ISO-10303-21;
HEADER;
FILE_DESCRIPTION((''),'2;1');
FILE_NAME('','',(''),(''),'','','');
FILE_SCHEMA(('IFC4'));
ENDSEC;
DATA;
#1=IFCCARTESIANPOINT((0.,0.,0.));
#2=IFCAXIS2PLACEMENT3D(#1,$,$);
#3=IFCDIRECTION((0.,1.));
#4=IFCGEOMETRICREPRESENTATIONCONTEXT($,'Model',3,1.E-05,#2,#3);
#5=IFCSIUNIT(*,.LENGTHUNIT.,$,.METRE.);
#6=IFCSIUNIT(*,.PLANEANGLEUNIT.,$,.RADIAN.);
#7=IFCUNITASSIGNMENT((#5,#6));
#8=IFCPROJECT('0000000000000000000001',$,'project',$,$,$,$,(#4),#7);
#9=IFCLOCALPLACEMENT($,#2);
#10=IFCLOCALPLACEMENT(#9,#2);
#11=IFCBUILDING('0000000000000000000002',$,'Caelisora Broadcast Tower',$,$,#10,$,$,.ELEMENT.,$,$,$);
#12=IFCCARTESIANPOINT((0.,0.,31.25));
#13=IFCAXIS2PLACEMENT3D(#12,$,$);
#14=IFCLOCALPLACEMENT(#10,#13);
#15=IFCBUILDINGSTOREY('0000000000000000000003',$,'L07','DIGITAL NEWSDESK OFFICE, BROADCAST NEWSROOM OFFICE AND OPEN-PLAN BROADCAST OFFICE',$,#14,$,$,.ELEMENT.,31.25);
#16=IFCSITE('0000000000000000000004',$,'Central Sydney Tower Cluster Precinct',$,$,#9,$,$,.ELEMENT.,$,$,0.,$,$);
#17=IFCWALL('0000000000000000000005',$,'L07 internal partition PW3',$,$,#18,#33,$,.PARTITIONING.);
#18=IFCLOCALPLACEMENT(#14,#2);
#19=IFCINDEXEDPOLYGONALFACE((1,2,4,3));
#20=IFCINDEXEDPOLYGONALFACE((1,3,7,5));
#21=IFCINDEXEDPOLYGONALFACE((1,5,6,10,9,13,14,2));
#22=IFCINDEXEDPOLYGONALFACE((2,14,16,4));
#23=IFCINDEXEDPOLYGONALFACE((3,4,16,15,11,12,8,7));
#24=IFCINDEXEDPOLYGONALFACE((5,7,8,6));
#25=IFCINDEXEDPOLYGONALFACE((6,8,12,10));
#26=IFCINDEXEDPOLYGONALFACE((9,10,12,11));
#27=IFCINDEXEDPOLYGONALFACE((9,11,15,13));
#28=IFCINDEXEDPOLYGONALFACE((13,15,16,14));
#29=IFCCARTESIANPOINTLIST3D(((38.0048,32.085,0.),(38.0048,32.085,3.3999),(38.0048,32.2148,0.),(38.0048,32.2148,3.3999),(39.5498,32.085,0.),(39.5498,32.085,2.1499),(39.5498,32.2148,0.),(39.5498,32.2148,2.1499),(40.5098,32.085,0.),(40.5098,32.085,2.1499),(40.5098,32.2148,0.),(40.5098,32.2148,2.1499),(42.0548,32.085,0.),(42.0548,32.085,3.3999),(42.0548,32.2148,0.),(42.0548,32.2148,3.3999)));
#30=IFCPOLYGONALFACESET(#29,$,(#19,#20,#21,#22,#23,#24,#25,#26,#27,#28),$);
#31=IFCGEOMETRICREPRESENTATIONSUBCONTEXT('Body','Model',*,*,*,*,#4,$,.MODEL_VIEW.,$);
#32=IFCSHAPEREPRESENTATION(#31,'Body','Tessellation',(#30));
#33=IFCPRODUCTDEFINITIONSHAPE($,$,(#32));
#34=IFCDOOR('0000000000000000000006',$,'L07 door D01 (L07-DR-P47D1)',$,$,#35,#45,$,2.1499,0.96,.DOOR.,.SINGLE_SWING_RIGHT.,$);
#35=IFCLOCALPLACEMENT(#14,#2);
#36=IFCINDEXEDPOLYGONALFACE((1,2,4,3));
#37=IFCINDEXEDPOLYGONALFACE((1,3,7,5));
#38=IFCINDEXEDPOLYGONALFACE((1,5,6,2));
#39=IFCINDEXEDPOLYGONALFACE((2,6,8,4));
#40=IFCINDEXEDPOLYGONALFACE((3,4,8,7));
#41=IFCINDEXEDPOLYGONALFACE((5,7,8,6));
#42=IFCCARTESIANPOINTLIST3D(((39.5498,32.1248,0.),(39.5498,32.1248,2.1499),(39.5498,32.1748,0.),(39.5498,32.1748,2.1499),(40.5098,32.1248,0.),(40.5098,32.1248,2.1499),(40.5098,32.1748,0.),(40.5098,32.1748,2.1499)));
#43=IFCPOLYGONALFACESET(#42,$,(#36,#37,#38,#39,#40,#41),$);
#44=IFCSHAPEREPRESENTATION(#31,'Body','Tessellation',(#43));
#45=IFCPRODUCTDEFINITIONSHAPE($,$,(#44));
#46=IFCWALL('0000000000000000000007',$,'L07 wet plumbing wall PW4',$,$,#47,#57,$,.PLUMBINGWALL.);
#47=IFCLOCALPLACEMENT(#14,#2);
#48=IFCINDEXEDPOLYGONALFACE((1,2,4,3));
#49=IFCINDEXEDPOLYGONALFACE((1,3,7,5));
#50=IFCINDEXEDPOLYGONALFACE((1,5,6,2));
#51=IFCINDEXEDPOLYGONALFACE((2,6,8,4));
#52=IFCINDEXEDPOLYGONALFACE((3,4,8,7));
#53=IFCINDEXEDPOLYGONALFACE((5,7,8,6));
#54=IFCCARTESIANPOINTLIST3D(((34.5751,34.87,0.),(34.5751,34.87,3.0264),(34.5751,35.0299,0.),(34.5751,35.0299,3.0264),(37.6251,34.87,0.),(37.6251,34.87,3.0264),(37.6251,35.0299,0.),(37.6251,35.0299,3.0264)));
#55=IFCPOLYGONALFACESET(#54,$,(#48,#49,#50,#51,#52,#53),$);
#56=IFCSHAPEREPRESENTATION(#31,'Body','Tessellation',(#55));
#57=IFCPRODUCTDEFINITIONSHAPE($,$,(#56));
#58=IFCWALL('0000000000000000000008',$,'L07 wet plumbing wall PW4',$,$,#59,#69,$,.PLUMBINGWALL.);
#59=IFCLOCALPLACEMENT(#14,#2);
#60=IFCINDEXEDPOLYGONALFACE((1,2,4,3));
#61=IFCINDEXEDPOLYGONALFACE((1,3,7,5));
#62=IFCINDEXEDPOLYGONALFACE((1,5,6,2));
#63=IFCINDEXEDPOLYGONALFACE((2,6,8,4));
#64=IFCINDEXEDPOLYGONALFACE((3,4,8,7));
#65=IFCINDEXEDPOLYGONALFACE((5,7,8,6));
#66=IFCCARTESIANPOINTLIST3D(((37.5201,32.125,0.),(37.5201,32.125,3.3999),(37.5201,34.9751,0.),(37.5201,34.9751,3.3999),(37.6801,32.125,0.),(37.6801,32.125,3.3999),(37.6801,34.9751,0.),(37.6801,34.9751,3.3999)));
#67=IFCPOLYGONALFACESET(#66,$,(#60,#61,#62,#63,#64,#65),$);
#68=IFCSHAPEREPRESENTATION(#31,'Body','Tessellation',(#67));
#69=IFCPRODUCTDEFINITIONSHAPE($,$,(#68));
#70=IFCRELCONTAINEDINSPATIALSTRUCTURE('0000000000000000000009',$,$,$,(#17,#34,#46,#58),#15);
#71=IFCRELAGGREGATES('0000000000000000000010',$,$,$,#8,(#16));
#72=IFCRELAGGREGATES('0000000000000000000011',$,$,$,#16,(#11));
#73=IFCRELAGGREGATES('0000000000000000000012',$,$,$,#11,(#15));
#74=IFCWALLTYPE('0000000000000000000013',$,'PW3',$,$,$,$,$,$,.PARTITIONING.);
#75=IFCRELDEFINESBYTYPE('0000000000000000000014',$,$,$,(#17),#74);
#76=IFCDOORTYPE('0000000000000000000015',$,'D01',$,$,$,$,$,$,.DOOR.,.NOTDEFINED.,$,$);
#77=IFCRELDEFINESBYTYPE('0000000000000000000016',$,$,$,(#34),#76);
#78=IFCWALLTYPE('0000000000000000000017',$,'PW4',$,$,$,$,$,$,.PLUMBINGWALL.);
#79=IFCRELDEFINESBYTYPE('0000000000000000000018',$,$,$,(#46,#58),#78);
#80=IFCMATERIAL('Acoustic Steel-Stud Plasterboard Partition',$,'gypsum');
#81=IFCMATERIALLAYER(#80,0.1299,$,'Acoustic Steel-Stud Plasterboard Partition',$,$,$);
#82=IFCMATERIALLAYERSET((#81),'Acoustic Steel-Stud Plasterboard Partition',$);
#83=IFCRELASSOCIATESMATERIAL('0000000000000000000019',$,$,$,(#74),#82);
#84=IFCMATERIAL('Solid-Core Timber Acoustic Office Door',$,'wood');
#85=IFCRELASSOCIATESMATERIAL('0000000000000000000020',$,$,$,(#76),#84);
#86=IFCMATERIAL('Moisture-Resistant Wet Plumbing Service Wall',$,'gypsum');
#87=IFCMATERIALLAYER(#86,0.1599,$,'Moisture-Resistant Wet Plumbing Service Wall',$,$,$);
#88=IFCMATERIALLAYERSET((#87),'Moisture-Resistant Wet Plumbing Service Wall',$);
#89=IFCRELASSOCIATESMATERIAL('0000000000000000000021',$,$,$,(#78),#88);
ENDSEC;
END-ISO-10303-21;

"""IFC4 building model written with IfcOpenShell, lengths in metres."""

from ifc_helpers import new_model, si_unit, direction, frame, frame_2d, origin, place, context, subcontext, project, spatial, rectangle, extrude, material, layer, layer_set, type_object, element, fill, save


model = new_model("IFC4")

# Units and contexts
model_context = context("Model", 3, precision=1e-05, world=origin(), true_north=direction((0.0, 1.0)))
body_context = subcontext(model_context, "Body", "Model", "MODEL_VIEW")
ifc_project = project(units=[si_unit("LENGTHUNIT", "METRE"), si_unit("PLANEANGLEUNIT", "RADIAN")], contexts=[model_context])

# Site, building, storey
site_placement = place(None, origin())
site = spatial("IfcSite", under=ifc_project, at=site_placement, Name="Central Sydney Tower Cluster Precinct", CompositionType="ELEMENT", RefElevation=0.0)
building_placement = place(site_placement, origin())
building = spatial("IfcBuilding", under=site, at=building_placement, Name="Caelisora Broadcast Tower", CompositionType="ELEMENT")
storey_placement = place(building_placement, frame((0.0, 0.0, 31.25)))
storey = spatial("IfcBuildingStorey", under=building, at=storey_placement, Name="L07", Description="DIGITAL NEWSDESK OFFICE, BROADCAST NEWSROOM OFFICE AND OPEN-PLAN BROADCAST OFFICE", CompositionType="ELEMENT", Elevation=31.25)

# Shared definitions
ifc_material_1 = material(Name="Acoustic Steel-Stud Plasterboard Partition", Category="gypsum")
ifc_layer_1 = layer(ifc_material_1, 0.1299, Name="Acoustic Steel-Stud Plasterboard Partition")
ifc_layer_set_1 = layer_set([ifc_layer_1], Name="Acoustic Steel-Stud Plasterboard Partition")
wall_type_1 = type_object("IfcWallType", Name="PW3", PredefinedType="PARTITIONING", material=ifc_layer_set_1)

# Wall, opening, door
ifc_material_2 = material(Name="Solid-Core Timber Acoustic Office Door", Category="wood")
door_type = type_object("IfcDoorType", Name="D01", OperationType="NOTDEFINED", PredefinedType="DOOR", material=ifc_material_2)
wall_1_placement = place(storey_placement, frame((38.0049, 32.1499, 0.0), z_axis=(0.0, 0.0, 1.0), x_axis=(1.0, 0.0, 0.0)))
wall_1 = element("IfcWall", 1, at=wall_1_placement, inside=storey, type_object=wall_type_1, Name="L07 internal partition PW3", PredefinedType="PARTITIONING", context=body_context, shape_type="SweptSolid", body=[
    extrude(rectangle(XDim=4.05, YDim=0.1299, at=frame_2d((2.0249, 0.0))), origin(), (0.0, 0.0, 1.0), 3.3999),
])
opening_1_placement = place(wall_1_placement, frame((1.5449, 0.0, 0.0)))
opening_1 = element("IfcOpeningElement", 2, at=opening_1_placement, cuts=wall_1, PredefinedType="OPENING", context=body_context, shape_type="SweptSolid", body=[
    extrude(rectangle(XDim=0.96, YDim=2.1499, at=frame_2d((0.48, 1.075))), frame((0.0, 0.0769, 0.0), z_axis=(0.0, -1.0, 0.0), x_axis=(1.0, 0.0, 0.0)), (0.0, 0.0, 1.0), 0.1538),
])
door_1_placement = place(opening_1_placement, origin())
door_1 = element("IfcDoor", 3, at=door_1_placement, inside=storey, type_object=door_type, Name="L07 door D01 (L07-DR-P47D1)", OperationType="SINGLE_SWING_RIGHT", OverallHeight=2.1499, OverallWidth=0.96, PredefinedType="DOOR", context=body_context, shape_type="SweptSolid", body=[
    extrude(rectangle(XDim=0.96, YDim=2.1499, at=frame_2d((0.48, 1.075))), frame((0.0, 0.0249, 0.0), z_axis=(0.0, -1.0, 0.0), x_axis=(1.0, 0.0, 0.0)), (0.0, 0.0, 1.0), 0.05),
])
fill(opening_1, door_1)

# Walls
ifc_material_3 = material(Name="Moisture-Resistant Wet Plumbing Service Wall", Category="gypsum")
ifc_layer_2 = layer(ifc_material_3, 0.1599, Name="Moisture-Resistant Wet Plumbing Service Wall")
ifc_layer_set_2 = layer_set([ifc_layer_2], Name="Moisture-Resistant Wet Plumbing Service Wall")
wall_type_2 = type_object("IfcWallType", Name="PW4", PredefinedType="PLUMBINGWALL", material=ifc_layer_set_2)
wall_2_placement = place(storey_placement, frame((37.625, 34.95, 0.0), z_axis=(0.0, 0.0, 1.0), x_axis=(-1.0, 0.0, 0.0)))
element("IfcWall", 4, at=wall_2_placement, inside=storey, type_object=wall_type_2, Name="L07 wet plumbing wall PW4", PredefinedType="PLUMBINGWALL", context=body_context, shape_type="SweptSolid", body=[
    extrude(rectangle(XDim=3.05, YDim=0.1599, at=frame_2d((1.5249, 0.0))), origin(), (0.0, 0.0, 1.0), 3.0264),
])
wall_3_placement = place(storey_placement, frame((37.6001, 32.125, 0.0), z_axis=(0.0, 0.0, 1.0), x_axis=(0.0, 1.0, 0.0)))
element("IfcWall", 5, at=wall_3_placement, inside=storey, type_object=wall_type_2, Name="L07 wet plumbing wall PW4", PredefinedType="PLUMBINGWALL", context=body_context, shape_type="SweptSolid", body=[
    extrude(rectangle(XDim=2.8501, YDim=0.1599, at=frame_2d((1.425, 0.0))), origin(), (0.0, 0.0, 1.0), 3.3999),
])

save(model, "model.ifc")
